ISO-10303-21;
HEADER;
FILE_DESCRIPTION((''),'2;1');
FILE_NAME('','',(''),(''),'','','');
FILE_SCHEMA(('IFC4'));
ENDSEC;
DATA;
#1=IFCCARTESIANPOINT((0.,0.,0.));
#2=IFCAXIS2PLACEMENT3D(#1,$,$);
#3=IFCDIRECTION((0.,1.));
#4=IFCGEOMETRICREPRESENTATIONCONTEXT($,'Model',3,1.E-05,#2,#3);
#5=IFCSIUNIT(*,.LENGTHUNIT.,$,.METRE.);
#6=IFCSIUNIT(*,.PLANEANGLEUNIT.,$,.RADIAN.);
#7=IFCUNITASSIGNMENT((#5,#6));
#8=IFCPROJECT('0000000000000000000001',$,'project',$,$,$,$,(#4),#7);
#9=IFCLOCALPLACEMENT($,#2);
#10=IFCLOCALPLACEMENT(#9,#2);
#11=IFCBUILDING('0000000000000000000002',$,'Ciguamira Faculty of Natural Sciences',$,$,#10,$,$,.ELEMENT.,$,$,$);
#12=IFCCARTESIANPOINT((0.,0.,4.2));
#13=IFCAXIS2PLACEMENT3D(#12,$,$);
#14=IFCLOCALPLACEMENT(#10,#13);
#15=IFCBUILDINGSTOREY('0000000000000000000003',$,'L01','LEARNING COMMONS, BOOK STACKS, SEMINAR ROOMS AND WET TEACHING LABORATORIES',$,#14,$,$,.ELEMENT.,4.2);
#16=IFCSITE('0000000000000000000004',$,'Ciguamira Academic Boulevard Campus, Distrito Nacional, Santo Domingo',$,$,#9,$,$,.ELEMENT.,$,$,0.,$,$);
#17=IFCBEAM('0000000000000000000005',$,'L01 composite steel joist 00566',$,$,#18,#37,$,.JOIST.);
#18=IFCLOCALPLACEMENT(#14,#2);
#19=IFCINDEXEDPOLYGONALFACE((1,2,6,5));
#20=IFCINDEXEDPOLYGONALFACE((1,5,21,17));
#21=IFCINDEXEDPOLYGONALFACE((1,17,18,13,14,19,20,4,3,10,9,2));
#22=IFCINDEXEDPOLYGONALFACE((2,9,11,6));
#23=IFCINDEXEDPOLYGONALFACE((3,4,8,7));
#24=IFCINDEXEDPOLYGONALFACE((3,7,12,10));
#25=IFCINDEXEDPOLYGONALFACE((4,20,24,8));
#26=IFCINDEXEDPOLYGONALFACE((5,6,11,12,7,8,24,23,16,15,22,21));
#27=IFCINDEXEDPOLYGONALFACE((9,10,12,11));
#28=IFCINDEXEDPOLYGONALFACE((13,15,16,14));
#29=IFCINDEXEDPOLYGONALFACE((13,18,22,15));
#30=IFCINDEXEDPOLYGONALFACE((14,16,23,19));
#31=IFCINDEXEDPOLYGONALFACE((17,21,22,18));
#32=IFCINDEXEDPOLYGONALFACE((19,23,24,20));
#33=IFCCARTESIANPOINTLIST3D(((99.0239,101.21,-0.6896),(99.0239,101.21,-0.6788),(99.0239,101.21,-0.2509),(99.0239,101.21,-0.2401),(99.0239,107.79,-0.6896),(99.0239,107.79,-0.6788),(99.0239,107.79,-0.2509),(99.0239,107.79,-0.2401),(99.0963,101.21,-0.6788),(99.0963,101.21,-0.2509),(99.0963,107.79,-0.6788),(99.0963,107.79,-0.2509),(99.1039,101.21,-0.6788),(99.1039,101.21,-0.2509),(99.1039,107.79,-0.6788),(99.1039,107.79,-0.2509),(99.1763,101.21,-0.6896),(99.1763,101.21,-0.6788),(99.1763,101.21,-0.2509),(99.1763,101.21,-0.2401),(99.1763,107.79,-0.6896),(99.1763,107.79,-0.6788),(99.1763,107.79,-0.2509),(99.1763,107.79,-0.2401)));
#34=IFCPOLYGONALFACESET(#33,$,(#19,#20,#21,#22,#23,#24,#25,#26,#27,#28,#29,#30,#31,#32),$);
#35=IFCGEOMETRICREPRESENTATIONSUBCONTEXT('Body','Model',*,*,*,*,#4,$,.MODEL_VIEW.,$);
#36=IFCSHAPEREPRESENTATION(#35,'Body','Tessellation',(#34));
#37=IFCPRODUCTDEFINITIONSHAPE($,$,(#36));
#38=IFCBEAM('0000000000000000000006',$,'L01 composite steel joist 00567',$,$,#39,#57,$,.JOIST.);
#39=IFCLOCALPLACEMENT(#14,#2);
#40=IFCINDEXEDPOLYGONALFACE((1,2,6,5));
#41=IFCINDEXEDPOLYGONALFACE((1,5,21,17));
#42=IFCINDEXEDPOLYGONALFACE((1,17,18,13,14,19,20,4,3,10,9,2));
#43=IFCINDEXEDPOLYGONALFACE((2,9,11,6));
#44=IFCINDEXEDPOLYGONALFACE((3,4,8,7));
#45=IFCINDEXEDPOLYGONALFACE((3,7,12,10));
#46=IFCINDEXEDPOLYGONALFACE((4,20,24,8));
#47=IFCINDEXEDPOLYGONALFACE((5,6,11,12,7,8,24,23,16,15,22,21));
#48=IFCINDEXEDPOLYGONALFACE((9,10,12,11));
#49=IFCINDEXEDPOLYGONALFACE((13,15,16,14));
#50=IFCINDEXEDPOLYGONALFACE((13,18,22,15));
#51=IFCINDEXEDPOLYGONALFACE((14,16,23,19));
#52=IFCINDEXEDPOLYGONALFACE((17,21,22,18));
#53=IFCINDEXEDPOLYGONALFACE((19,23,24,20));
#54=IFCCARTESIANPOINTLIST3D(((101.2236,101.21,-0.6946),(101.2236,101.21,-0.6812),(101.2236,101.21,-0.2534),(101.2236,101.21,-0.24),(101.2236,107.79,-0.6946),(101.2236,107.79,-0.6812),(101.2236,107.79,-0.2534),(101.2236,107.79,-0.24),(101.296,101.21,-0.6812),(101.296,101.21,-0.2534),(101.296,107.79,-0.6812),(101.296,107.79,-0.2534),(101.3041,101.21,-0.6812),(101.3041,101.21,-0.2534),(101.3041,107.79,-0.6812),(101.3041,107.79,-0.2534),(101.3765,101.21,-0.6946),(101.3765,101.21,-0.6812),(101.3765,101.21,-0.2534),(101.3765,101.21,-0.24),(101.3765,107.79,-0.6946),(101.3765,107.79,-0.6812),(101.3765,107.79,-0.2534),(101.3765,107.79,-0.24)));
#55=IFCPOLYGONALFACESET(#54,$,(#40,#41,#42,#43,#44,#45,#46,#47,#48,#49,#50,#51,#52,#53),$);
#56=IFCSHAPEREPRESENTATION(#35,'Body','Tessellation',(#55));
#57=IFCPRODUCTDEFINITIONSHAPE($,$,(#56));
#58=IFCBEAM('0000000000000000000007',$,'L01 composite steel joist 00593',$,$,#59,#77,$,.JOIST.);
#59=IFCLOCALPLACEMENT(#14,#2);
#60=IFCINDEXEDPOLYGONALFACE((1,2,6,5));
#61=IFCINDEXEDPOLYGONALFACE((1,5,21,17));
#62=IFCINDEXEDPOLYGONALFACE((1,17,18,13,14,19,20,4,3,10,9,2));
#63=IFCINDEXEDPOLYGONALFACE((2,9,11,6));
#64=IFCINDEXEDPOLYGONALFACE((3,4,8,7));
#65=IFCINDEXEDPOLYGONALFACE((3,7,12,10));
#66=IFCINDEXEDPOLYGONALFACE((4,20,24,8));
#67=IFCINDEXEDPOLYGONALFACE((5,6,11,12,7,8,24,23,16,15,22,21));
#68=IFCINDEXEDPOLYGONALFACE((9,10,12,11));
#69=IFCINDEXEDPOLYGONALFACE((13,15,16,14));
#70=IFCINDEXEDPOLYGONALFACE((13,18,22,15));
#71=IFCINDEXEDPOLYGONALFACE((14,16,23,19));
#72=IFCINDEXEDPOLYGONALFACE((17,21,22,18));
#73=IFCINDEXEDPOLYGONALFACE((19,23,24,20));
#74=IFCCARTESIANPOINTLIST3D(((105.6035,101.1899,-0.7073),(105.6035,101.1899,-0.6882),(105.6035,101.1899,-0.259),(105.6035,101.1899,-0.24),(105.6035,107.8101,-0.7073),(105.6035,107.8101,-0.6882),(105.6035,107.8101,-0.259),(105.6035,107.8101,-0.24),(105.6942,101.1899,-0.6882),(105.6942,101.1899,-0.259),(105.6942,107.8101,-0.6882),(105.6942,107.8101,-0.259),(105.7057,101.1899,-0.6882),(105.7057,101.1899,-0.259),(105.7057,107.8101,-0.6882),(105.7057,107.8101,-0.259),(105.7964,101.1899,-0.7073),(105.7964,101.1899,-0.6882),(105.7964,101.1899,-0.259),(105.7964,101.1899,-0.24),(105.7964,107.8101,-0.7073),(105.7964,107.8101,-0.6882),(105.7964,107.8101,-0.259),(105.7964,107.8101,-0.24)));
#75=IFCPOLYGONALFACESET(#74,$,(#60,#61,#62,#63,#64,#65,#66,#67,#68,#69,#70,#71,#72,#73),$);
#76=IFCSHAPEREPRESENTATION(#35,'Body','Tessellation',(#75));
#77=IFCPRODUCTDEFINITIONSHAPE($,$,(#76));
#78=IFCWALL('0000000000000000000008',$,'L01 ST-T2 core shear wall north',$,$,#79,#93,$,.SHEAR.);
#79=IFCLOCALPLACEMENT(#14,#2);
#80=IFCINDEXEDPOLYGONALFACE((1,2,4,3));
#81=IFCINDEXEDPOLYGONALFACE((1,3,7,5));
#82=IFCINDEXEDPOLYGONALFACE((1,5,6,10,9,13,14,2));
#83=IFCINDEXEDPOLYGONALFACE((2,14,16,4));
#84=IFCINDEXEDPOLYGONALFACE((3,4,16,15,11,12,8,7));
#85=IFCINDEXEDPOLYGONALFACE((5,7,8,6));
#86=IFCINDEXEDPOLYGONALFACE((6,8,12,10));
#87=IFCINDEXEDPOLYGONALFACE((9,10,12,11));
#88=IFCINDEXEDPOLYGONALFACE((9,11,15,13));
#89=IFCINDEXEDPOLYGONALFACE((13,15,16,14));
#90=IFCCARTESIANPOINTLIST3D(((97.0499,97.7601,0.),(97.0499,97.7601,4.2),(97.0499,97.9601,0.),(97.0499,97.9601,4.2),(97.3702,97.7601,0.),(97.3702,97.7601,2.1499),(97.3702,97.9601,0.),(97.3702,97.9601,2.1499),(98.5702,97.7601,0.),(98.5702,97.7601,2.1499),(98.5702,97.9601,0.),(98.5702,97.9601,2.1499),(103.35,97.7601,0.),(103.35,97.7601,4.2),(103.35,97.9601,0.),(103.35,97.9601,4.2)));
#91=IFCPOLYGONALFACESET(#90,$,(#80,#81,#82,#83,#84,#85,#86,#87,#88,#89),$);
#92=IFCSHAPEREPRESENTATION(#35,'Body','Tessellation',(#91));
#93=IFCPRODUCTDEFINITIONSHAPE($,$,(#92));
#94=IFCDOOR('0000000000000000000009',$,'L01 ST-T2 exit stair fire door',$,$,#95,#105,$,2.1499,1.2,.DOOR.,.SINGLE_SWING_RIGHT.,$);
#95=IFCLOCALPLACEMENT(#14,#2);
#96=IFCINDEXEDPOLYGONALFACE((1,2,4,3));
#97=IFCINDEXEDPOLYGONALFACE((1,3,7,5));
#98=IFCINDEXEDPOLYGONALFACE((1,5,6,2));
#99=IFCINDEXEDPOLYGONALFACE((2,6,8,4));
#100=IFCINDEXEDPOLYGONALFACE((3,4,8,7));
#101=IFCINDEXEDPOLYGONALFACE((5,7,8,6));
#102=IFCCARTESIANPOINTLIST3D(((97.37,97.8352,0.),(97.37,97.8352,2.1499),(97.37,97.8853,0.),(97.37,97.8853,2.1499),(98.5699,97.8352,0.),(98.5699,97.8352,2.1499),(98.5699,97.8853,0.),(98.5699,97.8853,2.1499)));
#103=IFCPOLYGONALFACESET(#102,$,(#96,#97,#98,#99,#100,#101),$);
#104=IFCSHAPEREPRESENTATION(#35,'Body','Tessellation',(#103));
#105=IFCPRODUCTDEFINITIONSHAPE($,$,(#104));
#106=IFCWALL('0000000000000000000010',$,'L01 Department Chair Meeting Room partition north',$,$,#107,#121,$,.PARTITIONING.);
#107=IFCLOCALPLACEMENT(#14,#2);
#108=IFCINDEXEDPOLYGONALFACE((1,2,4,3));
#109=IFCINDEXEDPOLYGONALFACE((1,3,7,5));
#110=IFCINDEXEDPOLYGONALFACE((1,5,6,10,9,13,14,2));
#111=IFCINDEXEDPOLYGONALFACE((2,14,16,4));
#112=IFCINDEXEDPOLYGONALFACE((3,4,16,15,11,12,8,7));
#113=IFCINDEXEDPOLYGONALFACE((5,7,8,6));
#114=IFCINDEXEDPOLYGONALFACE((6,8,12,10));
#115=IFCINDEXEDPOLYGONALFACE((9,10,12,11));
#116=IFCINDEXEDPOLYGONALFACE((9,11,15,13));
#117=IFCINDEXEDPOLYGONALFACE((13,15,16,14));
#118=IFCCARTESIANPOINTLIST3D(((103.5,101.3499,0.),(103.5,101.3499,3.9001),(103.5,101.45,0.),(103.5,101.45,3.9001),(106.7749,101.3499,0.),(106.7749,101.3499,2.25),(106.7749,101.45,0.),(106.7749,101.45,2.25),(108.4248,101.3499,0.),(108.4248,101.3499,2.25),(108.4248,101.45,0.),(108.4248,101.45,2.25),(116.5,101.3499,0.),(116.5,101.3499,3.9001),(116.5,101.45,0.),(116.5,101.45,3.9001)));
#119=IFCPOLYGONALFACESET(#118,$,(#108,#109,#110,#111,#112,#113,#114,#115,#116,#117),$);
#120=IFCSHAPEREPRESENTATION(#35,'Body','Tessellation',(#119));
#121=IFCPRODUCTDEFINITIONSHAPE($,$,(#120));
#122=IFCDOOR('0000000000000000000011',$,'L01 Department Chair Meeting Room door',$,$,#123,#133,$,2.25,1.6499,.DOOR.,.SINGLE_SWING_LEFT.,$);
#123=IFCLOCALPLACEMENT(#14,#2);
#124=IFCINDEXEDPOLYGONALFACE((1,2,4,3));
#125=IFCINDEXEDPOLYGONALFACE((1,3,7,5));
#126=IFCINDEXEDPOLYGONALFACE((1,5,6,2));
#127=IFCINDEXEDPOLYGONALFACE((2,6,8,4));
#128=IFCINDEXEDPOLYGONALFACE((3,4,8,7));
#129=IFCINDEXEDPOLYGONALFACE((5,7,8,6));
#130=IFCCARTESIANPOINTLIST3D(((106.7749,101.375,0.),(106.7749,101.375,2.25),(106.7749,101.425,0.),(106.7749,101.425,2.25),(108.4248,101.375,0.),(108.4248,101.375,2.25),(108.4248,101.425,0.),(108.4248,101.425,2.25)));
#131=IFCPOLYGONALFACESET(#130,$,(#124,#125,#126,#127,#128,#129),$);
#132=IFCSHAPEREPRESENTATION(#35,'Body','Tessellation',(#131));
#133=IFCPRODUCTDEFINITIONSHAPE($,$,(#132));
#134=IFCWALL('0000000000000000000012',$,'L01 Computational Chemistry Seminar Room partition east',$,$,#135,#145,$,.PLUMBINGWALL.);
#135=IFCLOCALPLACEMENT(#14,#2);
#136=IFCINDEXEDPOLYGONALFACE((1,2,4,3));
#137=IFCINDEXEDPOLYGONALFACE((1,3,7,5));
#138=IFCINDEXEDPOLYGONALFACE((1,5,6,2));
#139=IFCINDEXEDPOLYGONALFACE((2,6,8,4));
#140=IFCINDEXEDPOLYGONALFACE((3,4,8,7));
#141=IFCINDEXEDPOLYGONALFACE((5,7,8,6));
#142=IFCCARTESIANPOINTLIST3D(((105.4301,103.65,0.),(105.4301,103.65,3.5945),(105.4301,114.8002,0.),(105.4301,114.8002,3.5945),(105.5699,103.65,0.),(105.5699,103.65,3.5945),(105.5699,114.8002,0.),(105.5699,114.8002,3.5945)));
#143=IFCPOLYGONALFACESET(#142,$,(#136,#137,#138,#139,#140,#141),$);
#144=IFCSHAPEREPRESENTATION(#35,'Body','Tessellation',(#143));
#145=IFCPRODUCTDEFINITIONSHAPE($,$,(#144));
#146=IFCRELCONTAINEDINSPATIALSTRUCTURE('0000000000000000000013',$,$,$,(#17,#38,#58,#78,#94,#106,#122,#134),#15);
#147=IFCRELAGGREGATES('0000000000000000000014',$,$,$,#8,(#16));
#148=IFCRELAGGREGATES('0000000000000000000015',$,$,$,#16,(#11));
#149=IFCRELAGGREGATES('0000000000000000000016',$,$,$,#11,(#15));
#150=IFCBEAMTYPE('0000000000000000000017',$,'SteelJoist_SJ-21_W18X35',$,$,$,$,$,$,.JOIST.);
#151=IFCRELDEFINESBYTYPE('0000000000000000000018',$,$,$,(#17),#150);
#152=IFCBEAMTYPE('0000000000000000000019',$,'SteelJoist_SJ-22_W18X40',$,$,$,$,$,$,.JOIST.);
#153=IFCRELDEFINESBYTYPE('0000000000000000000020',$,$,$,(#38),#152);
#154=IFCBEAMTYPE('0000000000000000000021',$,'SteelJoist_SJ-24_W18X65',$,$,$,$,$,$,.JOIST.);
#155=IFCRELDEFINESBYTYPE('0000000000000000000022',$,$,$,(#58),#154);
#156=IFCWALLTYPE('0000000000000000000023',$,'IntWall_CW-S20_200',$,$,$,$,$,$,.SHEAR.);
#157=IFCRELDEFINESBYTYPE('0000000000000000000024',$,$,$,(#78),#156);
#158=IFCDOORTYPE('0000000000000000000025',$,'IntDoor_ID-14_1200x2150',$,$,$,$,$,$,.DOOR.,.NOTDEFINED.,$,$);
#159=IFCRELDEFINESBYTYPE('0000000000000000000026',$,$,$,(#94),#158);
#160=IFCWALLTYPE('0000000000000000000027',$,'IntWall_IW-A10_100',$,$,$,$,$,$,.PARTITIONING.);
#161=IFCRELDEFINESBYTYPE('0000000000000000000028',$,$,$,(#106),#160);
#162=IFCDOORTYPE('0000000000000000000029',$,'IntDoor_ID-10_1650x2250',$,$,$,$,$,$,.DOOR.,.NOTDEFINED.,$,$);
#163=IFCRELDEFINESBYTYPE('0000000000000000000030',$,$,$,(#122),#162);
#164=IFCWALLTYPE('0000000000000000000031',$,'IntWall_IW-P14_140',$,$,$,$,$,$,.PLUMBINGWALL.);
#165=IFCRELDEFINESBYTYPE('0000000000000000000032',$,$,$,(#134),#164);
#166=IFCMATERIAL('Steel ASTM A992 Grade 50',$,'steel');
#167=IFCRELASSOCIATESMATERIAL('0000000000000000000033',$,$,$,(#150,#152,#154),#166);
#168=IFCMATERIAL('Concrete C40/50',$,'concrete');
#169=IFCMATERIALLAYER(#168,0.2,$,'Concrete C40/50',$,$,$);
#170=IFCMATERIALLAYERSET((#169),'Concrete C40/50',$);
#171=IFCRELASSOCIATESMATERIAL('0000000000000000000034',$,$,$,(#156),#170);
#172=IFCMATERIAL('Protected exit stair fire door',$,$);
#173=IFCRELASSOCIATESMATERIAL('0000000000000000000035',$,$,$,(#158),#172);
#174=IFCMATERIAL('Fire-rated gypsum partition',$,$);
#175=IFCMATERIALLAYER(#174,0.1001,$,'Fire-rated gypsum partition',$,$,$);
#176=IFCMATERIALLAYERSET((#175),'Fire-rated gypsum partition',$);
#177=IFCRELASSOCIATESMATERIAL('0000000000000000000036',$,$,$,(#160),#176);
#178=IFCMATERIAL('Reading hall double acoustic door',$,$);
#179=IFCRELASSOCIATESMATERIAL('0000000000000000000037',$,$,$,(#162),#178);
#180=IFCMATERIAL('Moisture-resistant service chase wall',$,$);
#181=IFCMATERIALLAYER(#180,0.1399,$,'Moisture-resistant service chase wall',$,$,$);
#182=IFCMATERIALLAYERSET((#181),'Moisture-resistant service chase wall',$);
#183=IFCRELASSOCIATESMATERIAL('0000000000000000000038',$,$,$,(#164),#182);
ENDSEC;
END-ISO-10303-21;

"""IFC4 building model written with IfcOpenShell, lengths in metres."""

from ifc_helpers import new_model, si_unit, direction, frame, frame_2d, origin, origin_2d, place, context, subcontext, project, spatial, rectangle, i_section, extrude, material, layer, layer_set, material_profile, profile_set, type_object, element, fill, save


model = new_model("IFC4")

# Units and contexts
model_context = context("Model", 3, precision=1e-05, world=origin(), true_north=direction((0.0, 1.0)))
body_context = subcontext(model_context, "Body", "Model", "MODEL_VIEW")
ifc_project = project(units=[si_unit("LENGTHUNIT", "METRE"), si_unit("PLANEANGLEUNIT", "RADIAN")], contexts=[model_context])

# Site, building, storey
site_placement = place(None, origin())
site = spatial("IfcSite", under=ifc_project, at=site_placement, Name="Ciguamira Academic Boulevard Campus, Distrito Nacional, Santo Domingo", CompositionType="ELEMENT", RefElevation=0.0)
building_placement = place(site_placement, origin())
building = spatial("IfcBuilding", under=site, at=building_placement, Name="Ciguamira Faculty of Natural Sciences", CompositionType="ELEMENT")
storey_placement = place(building_placement, frame((0.0, 0.0, 4.2)))
storey = spatial("IfcBuildingStorey", under=building, at=storey_placement, Name="L01", Description="LEARNING COMMONS, BOOK STACKS, SEMINAR ROOMS AND WET TEACHING LABORATORIES", CompositionType="ELEMENT", Elevation=4.2)

# Beams
ifc_material_1 = material(Name="Concrete C40/50", Category="concrete")
ifc_material_2 = material(Name="Steel ASTM A992 Grade 50", Category="steel")
ifc_material_profile_1 = material_profile(ifc_material_2, i_section(OverallWidth=0.1523, OverallDepth=0.4495, WebThickness=0.0076, FlangeThickness=0.0107, at=origin_2d()), Name="W18X35")
ifc_profile_set_1 = profile_set([ifc_material_profile_1], Name="Steel ASTM A992 Grade 50")
beam_type_1 = type_object("IfcBeamType", Name="SteelJoist_SJ-21_W18X35", PredefinedType="JOIST", material=ifc_profile_set_1)
beam_1_placement = place(storey_placement, frame((99.1001, 101.21, -0.4648), z_axis=(0.0, 1.0, 0.0), x_axis=(-1.0, 0.0, 0.0)))
element("IfcBeam", 1, at=beam_1_placement, inside=storey, type_object=beam_type_1, Name="L01 composite steel joist 00566", PredefinedType="JOIST", context=body_context, shape_type="SweptSolid", body=[
    extrude(i_section(OverallWidth=0.1523, OverallDepth=0.4495, WebThickness=0.0076, FlangeThickness=0.0107, at=origin_2d()), origin(), (0.0, 0.0, 1.0), 6.5801),
])
ifc_material_profile_2 = material_profile(ifc_material_2, i_section(OverallWidth=0.1528, OverallDepth=0.4546, WebThickness=0.0081, FlangeThickness=0.0134, at=origin_2d()), Name="W18X40")
ifc_profile_set_2 = profile_set([ifc_material_profile_2], Name="Steel ASTM A992 Grade 50")
beam_type_2 = type_object("IfcBeamType", Name="SteelJoist_SJ-22_W18X40", PredefinedType="JOIST", material=ifc_profile_set_2)
beam_2_placement = place(storey_placement, frame((101.3, 101.21, -0.4673), z_axis=(0.0, 1.0, 0.0), x_axis=(-1.0, 0.0, 0.0)))
element("IfcBeam", 2, at=beam_2_placement, inside=storey, type_object=beam_type_2, Name="L01 composite steel joist 00567", PredefinedType="JOIST", context=body_context, shape_type="SweptSolid", body=[
    extrude(i_section(OverallWidth=0.1528, OverallDepth=0.4546, WebThickness=0.0081, FlangeThickness=0.0134, at=origin_2d()), origin(), (0.0, 0.0, 1.0), 6.5801),
])
ifc_material_profile_3 = material_profile(ifc_material_2, i_section(OverallWidth=0.1929, OverallDepth=0.4673, WebThickness=0.0115, FlangeThickness=0.019, at=origin_2d()), Name="W18X65")
ifc_profile_set_3 = profile_set([ifc_material_profile_3], Name="Steel ASTM A992 Grade 50")
beam_type_3 = type_object("IfcBeamType", Name="SteelJoist_SJ-24_W18X65", PredefinedType="JOIST", material=ifc_profile_set_3)
beam_3_placement = place(storey_placement, frame((105.7, 101.1899, -0.4736), z_axis=(0.0, 1.0, 0.0), x_axis=(-1.0, 0.0, 0.0)))
element("IfcBeam", 3, at=beam_3_placement, inside=storey, type_object=beam_type_3, Name="L01 composite steel joist 00593", PredefinedType="JOIST", context=body_context, shape_type="SweptSolid", body=[
    extrude(i_section(OverallWidth=0.1929, OverallDepth=0.4673, WebThickness=0.0115, FlangeThickness=0.019, at=origin_2d()), origin(), (0.0, 0.0, 1.0), 6.6201),
])

# Walls, openings, doors
ifc_layer_1 = layer(ifc_material_1, 0.2, Name="Concrete C40/50")
ifc_layer_set_1 = layer_set([ifc_layer_1], Name="Concrete C40/50")
wall_type_1 = type_object("IfcWallType", Name="IntWall_CW-S20_200", PredefinedType="SHEAR", material=ifc_layer_set_1)
wall_1_placement = place(storey_placement, frame((97.05, 97.8601, 0.0), z_axis=(0.0, 0.0, 1.0), x_axis=(1.0, 0.0, 0.0)))
wall_1 = element("IfcWall", 4, at=wall_1_placement, inside=storey, type_object=wall_type_1, Name="L01 ST-T2 core shear wall north", PredefinedType="SHEAR", context=body_context, shape_type="SweptSolid", body=[
    extrude(rectangle(XDim=6.3, YDim=0.2, at=frame_2d((3.1499, 0.0))), origin(), (0.0, 0.0, 1.0), 4.2),
])
opening_1_placement = place(wall_1_placement, frame((0.3201, 0.0, 0.0)))
opening_1 = element("IfcOpeningElement", 5, at=opening_1_placement, cuts=wall_1, PredefinedType="OPENING", context=body_context, shape_type="SweptSolid", body=[
    extrude(rectangle(XDim=1.2, YDim=2.1499, at=frame_2d((0.6001, 1.075))), frame((0.0, 0.1099, 0.0), z_axis=(0.0, -1.0, 0.0), x_axis=(1.0, 0.0, 0.0)), (0.0, 0.0, 1.0), 0.22),
])
ifc_material_3 = material(Name="Protected exit stair fire door")
door_type_1 = type_object("IfcDoorType", Name="IntDoor_ID-14_1200x2150", OperationType="NOTDEFINED", PredefinedType="DOOR", material=ifc_material_3)
door_1_placement = place(opening_1_placement, frame((1.2, 0.0, 0.0), z_axis=(0.0, 0.0, 1.0), x_axis=(-1.0, 0.0, 0.0)))
door_1 = element("IfcDoor", 6, at=door_1_placement, inside=storey, type_object=door_type_1, Name="L01 ST-T2 exit stair fire door", OperationType="SINGLE_SWING_RIGHT", OverallHeight=2.1499, OverallWidth=1.2, PredefinedType="DOOR", context=body_context, shape_type="SweptSolid", body=[
    extrude(rectangle(XDim=1.2, YDim=2.1499, at=frame_2d((0.6001, 1.075))), frame((0.0, 0.0249, 0.0), z_axis=(0.0, -1.0, 0.0), x_axis=(1.0, 0.0, 0.0)), (0.0, 0.0, 1.0), 0.05),
])
fill(opening_1, door_1)
ifc_material_4 = material(Name="Fire-rated gypsum partition")
ifc_layer_2 = layer(ifc_material_4, 0.1001, Name="Fire-rated gypsum partition")
ifc_layer_set_2 = layer_set([ifc_layer_2], Name="Fire-rated gypsum partition")
wall_type_2 = type_object("IfcWallType", Name="IntWall_IW-A10_100", PredefinedType="PARTITIONING", material=ifc_layer_set_2)
wall_2_placement = place(storey_placement, frame((103.5, 101.3999, 0.0), z_axis=(0.0, 0.0, 1.0), x_axis=(1.0, 0.0, 0.0)))
wall_2 = element("IfcWall", 7, at=wall_2_placement, inside=storey, type_object=wall_type_2, Name="L01 Department Chair Meeting Room partition north", PredefinedType="PARTITIONING", context=body_context, shape_type="SweptSolid", body=[
    extrude(rectangle(XDim=13.0, YDim=0.1001, at=frame_2d((6.5, 0.0))), origin(), (0.0, 0.0, 1.0), 3.9001),
])
opening_2_placement = place(wall_2_placement, frame((3.2749, 0.0, 0.0)))
opening_2 = element("IfcOpeningElement", 8, at=opening_2_placement, cuts=wall_2, PredefinedType="OPENING", context=body_context, shape_type="SweptSolid", body=[
    extrude(rectangle(XDim=1.6499, YDim=2.25, at=frame_2d((0.825, 1.125))), frame((0.0, 0.0601, 0.0), z_axis=(0.0, -1.0, 0.0), x_axis=(1.0, 0.0, 0.0)), (0.0, 0.0, 1.0), 0.1201),
])
ifc_material_5 = material(Name="Reading hall double acoustic door")
door_type_2 = type_object("IfcDoorType", Name="IntDoor_ID-10_1650x2250", OperationType="NOTDEFINED", PredefinedType="DOOR", material=ifc_material_5)
door_2_placement = place(opening_2_placement, frame((1.6499, 0.0, 0.0), z_axis=(0.0, 0.0, 1.0), x_axis=(-1.0, 0.0, 0.0)))
door_2 = element("IfcDoor", 9, at=door_2_placement, inside=storey, type_object=door_type_2, Name="L01 Department Chair Meeting Room door", OperationType="SINGLE_SWING_LEFT", OverallHeight=2.25, OverallWidth=1.6499, PredefinedType="DOOR", context=body_context, shape_type="SweptSolid", body=[
    extrude(rectangle(XDim=1.6499, YDim=2.25, at=frame_2d((0.825, 1.125))), frame((0.0, 0.0249, 0.0), z_axis=(0.0, -1.0, 0.0), x_axis=(1.0, 0.0, 0.0)), (0.0, 0.0, 1.0), 0.05),
])
fill(opening_2, door_2)

# Wall
ifc_material_6 = material(Name="Moisture-resistant service chase wall")
ifc_layer_3 = layer(ifc_material_6, 0.1399, Name="Moisture-resistant service chase wall")
ifc_layer_set_3 = layer_set([ifc_layer_3], Name="Moisture-resistant service chase wall")
wall_type_3 = type_object("IfcWallType", Name="IntWall_IW-P14_140", PredefinedType="PLUMBINGWALL", material=ifc_layer_set_3)
wall_3_placement = place(storey_placement, frame((105.5, 103.6499, 0.0), z_axis=(0.0, 0.0, 1.0), x_axis=(0.0, 1.0, 0.0)))
element("IfcWall", 10, at=wall_3_placement, inside=storey, type_object=wall_type_3, Name="L01 Computational Chemistry Seminar Room partition east", PredefinedType="PLUMBINGWALL", context=body_context, shape_type="SweptSolid", body=[
    extrude(rectangle(XDim=11.1501, YDim=0.1399, at=frame_2d((5.5752, 0.0))), origin(), (0.0, 0.0, 1.0), 3.5945),
])

save(model, "model.ifc")
